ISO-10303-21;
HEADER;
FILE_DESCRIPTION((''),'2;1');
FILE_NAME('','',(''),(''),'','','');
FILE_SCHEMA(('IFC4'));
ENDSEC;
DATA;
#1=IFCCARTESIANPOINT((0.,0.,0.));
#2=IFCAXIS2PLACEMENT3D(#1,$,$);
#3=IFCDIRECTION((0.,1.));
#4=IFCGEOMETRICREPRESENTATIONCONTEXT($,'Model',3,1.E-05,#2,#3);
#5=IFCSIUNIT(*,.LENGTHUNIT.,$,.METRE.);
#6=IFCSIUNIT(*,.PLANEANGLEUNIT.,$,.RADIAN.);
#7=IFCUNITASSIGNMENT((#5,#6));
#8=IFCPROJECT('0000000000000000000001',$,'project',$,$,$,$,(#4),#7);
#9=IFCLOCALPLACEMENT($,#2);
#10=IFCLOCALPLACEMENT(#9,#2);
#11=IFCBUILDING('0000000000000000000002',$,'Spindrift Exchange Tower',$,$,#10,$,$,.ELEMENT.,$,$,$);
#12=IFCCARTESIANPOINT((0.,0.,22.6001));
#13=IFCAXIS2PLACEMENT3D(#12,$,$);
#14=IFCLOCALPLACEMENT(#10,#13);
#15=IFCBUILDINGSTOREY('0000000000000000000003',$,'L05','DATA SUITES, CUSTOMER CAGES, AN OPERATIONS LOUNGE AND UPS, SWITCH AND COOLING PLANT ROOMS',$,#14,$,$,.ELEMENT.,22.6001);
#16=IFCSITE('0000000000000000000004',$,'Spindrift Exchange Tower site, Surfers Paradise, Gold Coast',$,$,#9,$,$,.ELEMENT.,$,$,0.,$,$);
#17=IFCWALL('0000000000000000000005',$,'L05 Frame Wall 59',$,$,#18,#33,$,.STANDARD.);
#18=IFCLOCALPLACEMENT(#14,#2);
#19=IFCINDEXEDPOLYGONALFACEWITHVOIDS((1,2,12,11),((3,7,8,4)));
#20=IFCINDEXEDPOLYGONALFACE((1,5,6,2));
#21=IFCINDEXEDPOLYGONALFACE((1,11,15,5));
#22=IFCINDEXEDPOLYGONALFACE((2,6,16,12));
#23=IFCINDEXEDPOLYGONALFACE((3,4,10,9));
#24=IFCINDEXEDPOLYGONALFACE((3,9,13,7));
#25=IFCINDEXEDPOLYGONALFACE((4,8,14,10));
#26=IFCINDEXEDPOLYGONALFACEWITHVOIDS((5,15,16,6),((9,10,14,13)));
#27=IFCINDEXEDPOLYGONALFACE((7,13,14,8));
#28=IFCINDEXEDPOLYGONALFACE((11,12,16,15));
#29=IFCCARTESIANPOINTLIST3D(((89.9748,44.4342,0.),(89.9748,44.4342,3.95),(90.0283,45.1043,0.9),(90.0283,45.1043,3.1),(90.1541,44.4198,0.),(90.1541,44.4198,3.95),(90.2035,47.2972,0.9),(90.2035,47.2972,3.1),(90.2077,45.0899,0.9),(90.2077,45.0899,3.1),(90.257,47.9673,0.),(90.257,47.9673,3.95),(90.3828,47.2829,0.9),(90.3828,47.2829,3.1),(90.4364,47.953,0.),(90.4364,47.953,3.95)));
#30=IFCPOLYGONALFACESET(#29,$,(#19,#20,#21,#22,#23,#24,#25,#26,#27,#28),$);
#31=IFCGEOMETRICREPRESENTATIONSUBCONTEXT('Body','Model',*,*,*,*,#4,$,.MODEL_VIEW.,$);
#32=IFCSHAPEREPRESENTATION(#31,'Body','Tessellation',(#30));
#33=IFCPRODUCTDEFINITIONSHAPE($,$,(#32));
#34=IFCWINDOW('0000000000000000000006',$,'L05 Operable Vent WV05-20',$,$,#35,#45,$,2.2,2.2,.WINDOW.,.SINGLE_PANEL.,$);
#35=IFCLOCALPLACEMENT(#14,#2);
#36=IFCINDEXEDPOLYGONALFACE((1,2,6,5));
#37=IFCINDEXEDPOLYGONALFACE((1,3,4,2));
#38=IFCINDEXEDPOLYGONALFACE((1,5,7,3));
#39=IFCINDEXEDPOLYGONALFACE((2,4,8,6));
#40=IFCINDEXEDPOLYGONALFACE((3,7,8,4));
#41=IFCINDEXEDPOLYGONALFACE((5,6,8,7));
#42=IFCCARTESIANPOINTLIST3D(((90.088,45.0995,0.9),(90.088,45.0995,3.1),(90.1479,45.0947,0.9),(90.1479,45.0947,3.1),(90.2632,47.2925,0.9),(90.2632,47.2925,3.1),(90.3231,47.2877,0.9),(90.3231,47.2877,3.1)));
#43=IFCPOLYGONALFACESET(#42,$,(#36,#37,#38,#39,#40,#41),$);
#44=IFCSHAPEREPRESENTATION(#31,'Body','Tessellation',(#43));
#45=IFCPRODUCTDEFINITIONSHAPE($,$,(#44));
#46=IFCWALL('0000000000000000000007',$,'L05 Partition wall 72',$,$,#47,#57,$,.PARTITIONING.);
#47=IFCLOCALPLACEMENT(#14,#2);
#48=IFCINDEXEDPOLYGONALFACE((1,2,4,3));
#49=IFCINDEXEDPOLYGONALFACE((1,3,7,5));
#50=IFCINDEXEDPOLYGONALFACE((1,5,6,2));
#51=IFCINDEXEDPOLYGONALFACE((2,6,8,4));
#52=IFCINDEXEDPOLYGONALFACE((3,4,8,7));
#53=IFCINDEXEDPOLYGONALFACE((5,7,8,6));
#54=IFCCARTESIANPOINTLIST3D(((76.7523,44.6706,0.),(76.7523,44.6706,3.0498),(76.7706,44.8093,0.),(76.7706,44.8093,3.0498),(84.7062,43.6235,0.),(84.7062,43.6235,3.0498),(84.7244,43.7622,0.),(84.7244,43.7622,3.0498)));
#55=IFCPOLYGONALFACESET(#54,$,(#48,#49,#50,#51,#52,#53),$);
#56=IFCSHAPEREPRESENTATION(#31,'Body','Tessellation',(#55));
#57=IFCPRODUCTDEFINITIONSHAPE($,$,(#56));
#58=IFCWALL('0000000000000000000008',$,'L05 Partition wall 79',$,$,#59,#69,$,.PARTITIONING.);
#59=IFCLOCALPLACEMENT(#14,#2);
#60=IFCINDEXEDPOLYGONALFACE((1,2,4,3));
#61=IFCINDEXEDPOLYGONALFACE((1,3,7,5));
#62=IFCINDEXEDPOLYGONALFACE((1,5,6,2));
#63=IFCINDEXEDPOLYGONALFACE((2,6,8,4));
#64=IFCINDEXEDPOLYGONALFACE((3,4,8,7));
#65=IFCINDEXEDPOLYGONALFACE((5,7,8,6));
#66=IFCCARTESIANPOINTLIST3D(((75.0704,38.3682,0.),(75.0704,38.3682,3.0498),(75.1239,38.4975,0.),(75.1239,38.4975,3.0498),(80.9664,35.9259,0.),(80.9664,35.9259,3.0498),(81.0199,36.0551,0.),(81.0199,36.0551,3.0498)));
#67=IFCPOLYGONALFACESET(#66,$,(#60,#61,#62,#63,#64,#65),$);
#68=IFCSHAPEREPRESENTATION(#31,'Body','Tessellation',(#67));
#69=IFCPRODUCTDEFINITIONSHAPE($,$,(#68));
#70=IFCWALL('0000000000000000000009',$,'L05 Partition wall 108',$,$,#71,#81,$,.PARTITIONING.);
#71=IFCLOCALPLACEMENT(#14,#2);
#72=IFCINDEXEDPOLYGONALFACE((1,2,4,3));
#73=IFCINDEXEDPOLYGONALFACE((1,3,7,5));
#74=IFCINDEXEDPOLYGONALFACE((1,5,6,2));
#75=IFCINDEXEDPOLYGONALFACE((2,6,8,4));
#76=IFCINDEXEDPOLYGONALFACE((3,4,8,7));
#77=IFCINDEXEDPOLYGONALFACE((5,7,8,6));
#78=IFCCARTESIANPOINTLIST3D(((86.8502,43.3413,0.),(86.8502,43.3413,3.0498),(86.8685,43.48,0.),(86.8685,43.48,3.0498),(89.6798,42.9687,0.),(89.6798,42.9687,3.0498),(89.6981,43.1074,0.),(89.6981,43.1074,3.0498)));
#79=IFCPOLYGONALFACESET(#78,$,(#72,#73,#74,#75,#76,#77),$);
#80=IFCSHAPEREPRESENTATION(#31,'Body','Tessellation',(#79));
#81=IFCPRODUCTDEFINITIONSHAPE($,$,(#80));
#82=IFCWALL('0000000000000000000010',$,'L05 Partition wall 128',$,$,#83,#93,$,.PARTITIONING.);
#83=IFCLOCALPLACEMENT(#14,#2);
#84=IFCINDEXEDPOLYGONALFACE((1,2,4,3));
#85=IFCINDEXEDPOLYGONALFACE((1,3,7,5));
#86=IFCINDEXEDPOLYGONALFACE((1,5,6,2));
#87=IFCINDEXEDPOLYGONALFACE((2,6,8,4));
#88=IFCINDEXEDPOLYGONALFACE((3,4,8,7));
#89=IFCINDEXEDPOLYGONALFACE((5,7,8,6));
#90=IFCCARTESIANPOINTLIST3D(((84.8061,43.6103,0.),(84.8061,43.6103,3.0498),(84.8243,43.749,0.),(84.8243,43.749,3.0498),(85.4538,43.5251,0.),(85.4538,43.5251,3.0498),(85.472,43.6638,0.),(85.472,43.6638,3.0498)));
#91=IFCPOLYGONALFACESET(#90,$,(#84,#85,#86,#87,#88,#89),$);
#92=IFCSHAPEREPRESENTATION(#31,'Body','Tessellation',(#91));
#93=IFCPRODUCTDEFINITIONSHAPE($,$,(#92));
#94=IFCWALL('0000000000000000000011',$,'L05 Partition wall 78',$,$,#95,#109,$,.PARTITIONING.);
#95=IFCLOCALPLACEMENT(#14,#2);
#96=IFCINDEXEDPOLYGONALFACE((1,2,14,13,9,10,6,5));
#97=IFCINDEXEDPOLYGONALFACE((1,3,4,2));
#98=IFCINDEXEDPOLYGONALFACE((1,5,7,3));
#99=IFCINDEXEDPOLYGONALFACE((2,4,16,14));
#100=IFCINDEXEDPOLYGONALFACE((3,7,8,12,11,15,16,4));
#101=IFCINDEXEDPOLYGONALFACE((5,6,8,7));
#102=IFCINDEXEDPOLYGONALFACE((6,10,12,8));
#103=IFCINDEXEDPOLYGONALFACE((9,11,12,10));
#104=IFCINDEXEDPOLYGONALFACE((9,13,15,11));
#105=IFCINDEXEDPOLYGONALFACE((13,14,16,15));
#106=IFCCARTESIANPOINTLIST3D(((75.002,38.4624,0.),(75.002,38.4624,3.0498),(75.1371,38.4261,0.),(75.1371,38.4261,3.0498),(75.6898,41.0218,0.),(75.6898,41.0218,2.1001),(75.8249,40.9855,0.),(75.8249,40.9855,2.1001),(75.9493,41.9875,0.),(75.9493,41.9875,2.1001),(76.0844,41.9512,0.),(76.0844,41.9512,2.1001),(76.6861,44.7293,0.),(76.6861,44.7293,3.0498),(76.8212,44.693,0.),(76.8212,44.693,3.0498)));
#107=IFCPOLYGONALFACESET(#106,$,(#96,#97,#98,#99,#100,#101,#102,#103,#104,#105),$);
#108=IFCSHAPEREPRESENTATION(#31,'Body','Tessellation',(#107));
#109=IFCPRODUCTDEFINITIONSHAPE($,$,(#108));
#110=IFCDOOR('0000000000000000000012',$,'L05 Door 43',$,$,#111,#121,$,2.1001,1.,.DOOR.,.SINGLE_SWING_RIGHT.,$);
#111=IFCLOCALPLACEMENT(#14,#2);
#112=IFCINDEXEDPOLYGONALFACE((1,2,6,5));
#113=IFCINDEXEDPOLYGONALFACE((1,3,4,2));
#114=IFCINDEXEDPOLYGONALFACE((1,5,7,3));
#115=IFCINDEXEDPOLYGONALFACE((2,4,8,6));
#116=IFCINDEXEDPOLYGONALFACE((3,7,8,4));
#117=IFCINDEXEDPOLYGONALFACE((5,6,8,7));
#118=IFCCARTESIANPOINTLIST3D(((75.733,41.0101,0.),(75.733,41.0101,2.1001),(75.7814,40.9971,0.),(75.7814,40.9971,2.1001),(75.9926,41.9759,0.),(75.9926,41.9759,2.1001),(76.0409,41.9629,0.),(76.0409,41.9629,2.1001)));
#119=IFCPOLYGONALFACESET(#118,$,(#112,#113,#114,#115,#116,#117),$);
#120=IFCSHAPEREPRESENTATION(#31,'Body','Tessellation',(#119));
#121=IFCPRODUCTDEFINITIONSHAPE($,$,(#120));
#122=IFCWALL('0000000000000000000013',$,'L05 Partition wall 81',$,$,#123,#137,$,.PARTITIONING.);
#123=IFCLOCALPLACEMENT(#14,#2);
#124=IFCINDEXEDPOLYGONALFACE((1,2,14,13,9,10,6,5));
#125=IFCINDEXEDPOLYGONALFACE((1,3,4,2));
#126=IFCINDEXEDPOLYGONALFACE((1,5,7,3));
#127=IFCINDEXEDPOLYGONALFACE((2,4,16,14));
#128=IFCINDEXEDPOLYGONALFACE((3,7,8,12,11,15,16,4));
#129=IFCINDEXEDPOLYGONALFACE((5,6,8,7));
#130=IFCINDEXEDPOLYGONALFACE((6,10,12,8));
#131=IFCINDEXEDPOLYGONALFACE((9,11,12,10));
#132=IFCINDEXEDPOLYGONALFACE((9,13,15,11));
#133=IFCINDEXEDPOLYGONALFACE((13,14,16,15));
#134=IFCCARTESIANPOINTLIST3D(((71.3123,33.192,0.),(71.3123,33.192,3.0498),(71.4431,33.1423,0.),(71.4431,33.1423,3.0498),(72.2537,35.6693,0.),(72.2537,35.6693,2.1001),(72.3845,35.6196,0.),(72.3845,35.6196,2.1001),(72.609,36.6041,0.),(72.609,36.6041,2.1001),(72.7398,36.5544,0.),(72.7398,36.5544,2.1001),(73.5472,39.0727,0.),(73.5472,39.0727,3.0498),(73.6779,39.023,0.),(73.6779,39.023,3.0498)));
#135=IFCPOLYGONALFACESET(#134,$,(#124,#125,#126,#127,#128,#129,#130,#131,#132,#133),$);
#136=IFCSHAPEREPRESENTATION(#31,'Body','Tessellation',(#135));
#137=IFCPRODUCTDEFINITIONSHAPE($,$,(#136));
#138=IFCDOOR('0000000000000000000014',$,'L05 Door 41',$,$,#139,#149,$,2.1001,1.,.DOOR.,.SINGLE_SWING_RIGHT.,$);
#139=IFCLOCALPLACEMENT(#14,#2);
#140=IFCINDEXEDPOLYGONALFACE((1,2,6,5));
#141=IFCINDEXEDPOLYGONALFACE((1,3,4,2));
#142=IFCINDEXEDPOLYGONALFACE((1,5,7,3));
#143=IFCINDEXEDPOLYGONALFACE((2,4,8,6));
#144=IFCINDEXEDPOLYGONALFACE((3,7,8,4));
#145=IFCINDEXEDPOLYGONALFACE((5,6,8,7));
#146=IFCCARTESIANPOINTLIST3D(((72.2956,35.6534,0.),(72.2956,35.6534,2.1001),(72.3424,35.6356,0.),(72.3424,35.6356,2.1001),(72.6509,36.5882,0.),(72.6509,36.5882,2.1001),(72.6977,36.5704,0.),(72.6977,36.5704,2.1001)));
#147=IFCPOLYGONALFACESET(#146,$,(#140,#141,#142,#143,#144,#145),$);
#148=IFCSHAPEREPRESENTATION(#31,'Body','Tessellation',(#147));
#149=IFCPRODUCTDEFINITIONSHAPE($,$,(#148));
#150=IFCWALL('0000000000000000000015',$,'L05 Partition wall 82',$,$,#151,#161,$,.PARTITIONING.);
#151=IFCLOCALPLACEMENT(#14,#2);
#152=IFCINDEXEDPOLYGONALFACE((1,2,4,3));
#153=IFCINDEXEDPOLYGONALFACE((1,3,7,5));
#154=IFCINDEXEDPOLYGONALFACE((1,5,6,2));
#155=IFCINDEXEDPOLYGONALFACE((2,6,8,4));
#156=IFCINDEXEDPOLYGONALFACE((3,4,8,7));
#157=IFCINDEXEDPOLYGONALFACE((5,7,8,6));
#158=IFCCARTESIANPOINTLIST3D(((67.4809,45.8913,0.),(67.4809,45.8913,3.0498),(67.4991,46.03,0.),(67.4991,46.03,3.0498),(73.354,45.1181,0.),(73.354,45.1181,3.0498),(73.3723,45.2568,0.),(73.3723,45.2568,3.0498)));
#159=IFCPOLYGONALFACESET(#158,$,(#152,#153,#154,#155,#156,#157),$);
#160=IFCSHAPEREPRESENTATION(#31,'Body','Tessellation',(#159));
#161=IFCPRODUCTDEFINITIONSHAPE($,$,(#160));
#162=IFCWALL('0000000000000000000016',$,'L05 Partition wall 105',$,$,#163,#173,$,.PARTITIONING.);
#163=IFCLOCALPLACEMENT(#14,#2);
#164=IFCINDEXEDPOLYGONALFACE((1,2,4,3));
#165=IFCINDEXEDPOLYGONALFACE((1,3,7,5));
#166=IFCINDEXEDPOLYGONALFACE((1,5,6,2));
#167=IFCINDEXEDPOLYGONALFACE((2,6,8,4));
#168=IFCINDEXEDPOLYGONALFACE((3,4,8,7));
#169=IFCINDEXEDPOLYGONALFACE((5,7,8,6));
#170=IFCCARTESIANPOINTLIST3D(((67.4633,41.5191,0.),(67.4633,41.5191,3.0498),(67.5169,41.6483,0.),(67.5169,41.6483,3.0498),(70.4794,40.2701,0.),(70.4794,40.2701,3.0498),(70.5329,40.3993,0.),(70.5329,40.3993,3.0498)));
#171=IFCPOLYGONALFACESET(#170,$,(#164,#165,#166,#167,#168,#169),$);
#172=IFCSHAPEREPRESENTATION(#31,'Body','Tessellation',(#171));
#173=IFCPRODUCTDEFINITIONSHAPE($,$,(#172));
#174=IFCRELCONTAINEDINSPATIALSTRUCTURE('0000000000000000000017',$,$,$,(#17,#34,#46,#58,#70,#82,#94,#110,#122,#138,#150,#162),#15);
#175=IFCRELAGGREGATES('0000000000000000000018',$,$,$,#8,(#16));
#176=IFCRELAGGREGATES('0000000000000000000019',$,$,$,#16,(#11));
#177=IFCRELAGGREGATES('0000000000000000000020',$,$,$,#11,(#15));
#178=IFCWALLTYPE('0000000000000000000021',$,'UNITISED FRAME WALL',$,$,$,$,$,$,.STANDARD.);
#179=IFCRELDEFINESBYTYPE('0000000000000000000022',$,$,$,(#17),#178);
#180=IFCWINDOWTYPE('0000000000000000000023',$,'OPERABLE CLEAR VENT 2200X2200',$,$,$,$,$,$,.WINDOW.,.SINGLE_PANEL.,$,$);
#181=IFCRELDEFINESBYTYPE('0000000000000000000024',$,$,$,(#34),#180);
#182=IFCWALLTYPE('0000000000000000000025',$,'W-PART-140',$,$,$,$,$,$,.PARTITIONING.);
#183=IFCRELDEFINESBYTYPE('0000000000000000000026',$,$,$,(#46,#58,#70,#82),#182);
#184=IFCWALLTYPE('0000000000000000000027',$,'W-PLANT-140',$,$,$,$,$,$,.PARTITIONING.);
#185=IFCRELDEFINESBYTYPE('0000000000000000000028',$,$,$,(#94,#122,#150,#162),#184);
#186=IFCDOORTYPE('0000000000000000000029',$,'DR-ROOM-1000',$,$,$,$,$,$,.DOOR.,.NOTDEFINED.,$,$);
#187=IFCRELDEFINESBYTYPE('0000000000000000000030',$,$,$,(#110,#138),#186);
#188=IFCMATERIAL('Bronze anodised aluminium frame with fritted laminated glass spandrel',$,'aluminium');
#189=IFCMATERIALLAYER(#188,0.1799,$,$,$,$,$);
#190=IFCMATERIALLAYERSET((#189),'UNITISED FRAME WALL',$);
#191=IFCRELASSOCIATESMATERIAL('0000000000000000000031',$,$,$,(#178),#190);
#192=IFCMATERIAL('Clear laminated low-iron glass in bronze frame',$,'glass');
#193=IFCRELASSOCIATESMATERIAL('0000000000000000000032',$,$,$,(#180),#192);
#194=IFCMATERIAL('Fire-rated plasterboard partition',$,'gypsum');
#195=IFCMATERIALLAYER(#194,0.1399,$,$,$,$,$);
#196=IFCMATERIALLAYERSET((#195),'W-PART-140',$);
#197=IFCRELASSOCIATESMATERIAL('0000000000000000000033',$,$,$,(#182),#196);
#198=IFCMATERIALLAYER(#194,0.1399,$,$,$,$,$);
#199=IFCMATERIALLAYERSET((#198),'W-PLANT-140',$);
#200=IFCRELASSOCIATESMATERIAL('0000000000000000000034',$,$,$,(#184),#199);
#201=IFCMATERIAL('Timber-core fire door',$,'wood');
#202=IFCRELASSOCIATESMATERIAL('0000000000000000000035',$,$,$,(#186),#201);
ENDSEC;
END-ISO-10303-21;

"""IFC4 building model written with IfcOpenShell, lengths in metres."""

from ifc_helpers import new_model, si_unit, direction, frame, frame_2d, origin, place, context, subcontext, project, spatial, rectangle, extrude, source, transform, mapped, material, layer, layer_set, type_object, element, fill, save


model = new_model("IFC4")

# Units and contexts
model_context = context("Model", 3, precision=1e-05, world=origin(), true_north=direction((0.0, 1.0)))
body_context = subcontext(model_context, "Body", "Model", "MODEL_VIEW")
ifc_project = project(units=[si_unit("LENGTHUNIT", "METRE"), si_unit("PLANEANGLEUNIT", "RADIAN")], contexts=[model_context])

# Site, building, storey
site_placement = place(None, origin())
site = spatial("IfcSite", under=ifc_project, at=site_placement, Name="Spindrift Exchange Tower site, Surfers Paradise, Gold Coast", CompositionType="ELEMENT", RefElevation=0.0)
building_placement = place(site_placement, origin())
building = spatial("IfcBuilding", under=site, at=building_placement, Name="Spindrift Exchange Tower", CompositionType="ELEMENT")
storey_placement = place(building_placement, frame((0.0, 0.0, 22.6001)))
storey = spatial("IfcBuildingStorey", under=building, at=storey_placement, Name="L05", Description="DATA SUITES, CUSTOMER CAGES, AN OPERATIONS LOUNGE AND UPS, SWITCH AND COOLING PLANT ROOMS", CompositionType="ELEMENT", Elevation=22.6001)

# Wall, opening, window
ifc_material_1 = material(Name="Bronze anodised aluminium frame with fritted laminated glass spandrel", Category="aluminium")
ifc_layer_1 = layer(ifc_material_1, 0.1799)
ifc_layer_set_1 = layer_set([ifc_layer_1], Name="UNITISED FRAME WALL")
wall_type_1 = type_object("IfcWallType", Name="UNITISED FRAME WALL", PredefinedType="STANDARD", material=ifc_layer_set_1)
wall_1_placement = place(storey_placement, frame((90.0645, 44.427, 0.0), z_axis=(0.0, 0.0, 1.0), x_axis=(0.079625, 0.996825, 0.0)))
wall_1 = element("IfcWall", 1, at=wall_1_placement, inside=storey, type_object=wall_type_1, Name="L05 Frame Wall 59", PredefinedType="STANDARD", context=body_context, shape_type="SweptSolid", body=[
    extrude(rectangle(XDim=3.5444, YDim=0.1799, at=frame_2d((1.7722, 0.0))), origin(), (0.0, 0.0, 1.0), 3.95),
])
opening_1_placement = place(wall_1_placement, frame((0.6721, 0.0, 0.8999)))
opening_1 = element("IfcOpeningElement", 2, at=opening_1_placement, cuts=wall_1, PredefinedType="OPENING", context=body_context, shape_type="SweptSolid", body=[
    extrude(rectangle(XDim=2.2, YDim=2.2, at=frame_2d((1.1001, 1.1001))), frame((0.0, 0.0999, 0.0), z_axis=(0.0, -1.0, 0.0), x_axis=(1.0, 0.0, 0.0)), (0.0, 0.0, 1.0), 0.2),
])
ifc_material_2 = material(Name="Clear laminated low-iron glass in bronze frame", Category="glass")
window_type = type_object("IfcWindowType", Name="OPERABLE CLEAR VENT 2200X2200", PartitioningType="SINGLE_PANEL", PredefinedType="WINDOW", material=ifc_material_2)
shared_shape_1 = source(origin(), body_context, "Body", "SweptSolid", [
    extrude(rectangle(XDim=2.2, YDim=2.2, at=frame_2d((1.1001, 1.1001))), frame((0.0, 0.03, 0.0), z_axis=(0.0, -1.0, 0.0), x_axis=(1.0, 0.0, 0.0)), (0.0, 0.0, 1.0), 0.0601),
])
window_placement = place(opening_1_placement, origin())
window = element("IfcWindow", 3, at=window_placement, inside=storey, type_object=window_type, Name="L05 Operable Vent WV05-20", OverallHeight=2.2, OverallWidth=2.2, PartitioningType="SINGLE_PANEL", PredefinedType="WINDOW", context=body_context, shape_type="MappedRepresentation", body=[
    mapped(shared_shape_1, transform((0.0, 0.0, 0.0), scale=1.0)),
])
fill(opening_1, window)

# Walls
ifc_material_3 = material(Name="Fire-rated plasterboard partition", Category="gypsum")
ifc_layer_2 = layer(ifc_material_3, 0.1399)
ifc_layer_set_2 = layer_set([ifc_layer_2], Name="W-PART-140")
wall_type_2 = type_object("IfcWallType", Name="W-PART-140", PredefinedType="PARTITIONING", material=ifc_layer_set_2)
wall_2_placement = place(storey_placement, frame((76.7615, 44.74, 0.0), z_axis=(0.0, 0.0, 1.0), x_axis=(0.991445, -0.130523, 0.0)))
element("IfcWall", 4, at=wall_2_placement, inside=storey, type_object=wall_type_2, Name="L05 Partition wall 72", PredefinedType="PARTITIONING", context=body_context, shape_type="SweptSolid", body=[
    extrude(rectangle(XDim=8.0225, YDim=0.1399, at=frame_2d((4.0112, 0.0))), origin(), (0.0, 0.0, 1.0), 3.0498),
])
wall_3_placement = place(storey_placement, frame((75.0972, 38.4329, 0.0), z_axis=(0.0, 0.0, 1.0), x_axis=(0.923869, -0.382708, 0.0)))
element("IfcWall", 5, at=wall_3_placement, inside=storey, type_object=wall_type_2, Name="L05 Partition wall 79", PredefinedType="PARTITIONING", context=body_context, shape_type="SweptSolid", body=[
    extrude(rectangle(XDim=6.3818, YDim=0.1399, at=frame_2d((3.1909, 0.0))), origin(), (0.0, 0.0, 1.0), 3.0498),
])
wall_4_placement = place(storey_placement, frame((86.8594, 43.4106, 0.0), z_axis=(0.0, 0.0, 1.0), x_axis=(0.991443, -0.130539, 0.0)))
element("IfcWall", 6, at=wall_4_placement, inside=storey, type_object=wall_type_2, Name="L05 Partition wall 108", PredefinedType="PARTITIONING", context=body_context, shape_type="SweptSolid", body=[
    extrude(rectangle(XDim=2.854, YDim=0.1399, at=frame_2d((1.427, 0.0))), origin(), (0.0, 0.0, 1.0), 3.0498),
])
wall_5_placement = place(storey_placement, frame((84.8152, 43.6797, 0.0), z_axis=(0.0, 0.0, 1.0), x_axis=(0.991458, -0.130426, 0.0)))
element("IfcWall", 7, at=wall_5_placement, inside=storey, type_object=wall_type_2, Name="L05 Partition wall 128", PredefinedType="PARTITIONING", context=body_context, shape_type="SweptSolid", body=[
    extrude(rectangle(XDim=0.6533, YDim=0.1399, at=frame_2d((0.3267, 0.0))), origin(), (0.0, 0.0, 1.0), 3.0498),
])

# Walls, openings, doors
ifc_layer_3 = layer(ifc_material_3, 0.1399)
ifc_layer_set_3 = layer_set([ifc_layer_3], Name="W-PLANT-140")
wall_type_3 = type_object("IfcWallType", Name="W-PLANT-140", PredefinedType="PARTITIONING", material=ifc_layer_set_3)
wall_6_placement = place(storey_placement, frame((76.7537, 44.7112, 0.0), z_axis=(0.0, 0.0, 1.0), x_axis=(-0.259521, -0.965737, 0.0)))
wall_6 = element("IfcWall", 8, at=wall_6_placement, inside=storey, type_object=wall_type_3, Name="L05 Partition wall 78", PredefinedType="PARTITIONING", context=body_context, shape_type="SweptSolid", body=[
    extrude(rectangle(XDim=6.4893, YDim=0.1399, at=frame_2d((3.2446, 0.0))), origin(), (0.0, 0.0, 1.0), 3.0498),
])
opening_2_placement = place(wall_6_placement, frame((2.8391, 0.0, 0.0)))
opening_2 = element("IfcOpeningElement", 9, at=opening_2_placement, cuts=wall_6, PredefinedType="OPENING", context=body_context, shape_type="SweptSolid", body=[
    extrude(rectangle(XDim=1.0, YDim=2.1001, at=frame_2d((0.5, 1.05))), frame((0.0, 0.0798, 0.0), z_axis=(0.0, -1.0, 0.0), x_axis=(1.0, 0.0, 0.0)), (0.0, 0.0, 1.0), 0.1599),
])
ifc_material_4 = material(Name="Timber-core fire door", Category="wood")
door_type = type_object("IfcDoorType", Name="DR-ROOM-1000", OperationType="NOTDEFINED", PredefinedType="DOOR", material=ifc_material_4)
shared_shape_2 = source(origin(), body_context, "Body", "SweptSolid", [
    extrude(rectangle(XDim=1.0, YDim=2.1001, at=frame_2d((0.5, 1.05))), frame((0.0, 0.0249, 0.0), z_axis=(0.0, -1.0, 0.0), x_axis=(1.0, 0.0, 0.0)), (0.0, 0.0, 1.0), 0.05),
])
door_1_placement = place(opening_2_placement, origin())
door_1 = element("IfcDoor", 10, at=door_1_placement, inside=storey, type_object=door_type, Name="L05 Door 43", OperationType="SINGLE_SWING_RIGHT", OverallHeight=2.1001, OverallWidth=1.0, PredefinedType="DOOR", context=body_context, shape_type="MappedRepresentation", body=[
    mapped(shared_shape_2, transform((0.0, 0.0, 0.0), scale=1.0)),
])
fill(opening_2, door_1)
wall_7_placement = place(storey_placement, frame((73.6125, 39.0479, 0.0), z_axis=(0.0, 0.0, 1.0), x_axis=(-0.35525, -0.934771, 0.0)))
wall_7 = element("IfcWall", 11, at=wall_7_placement, inside=storey, type_object=wall_type_3, Name="L05 Partition wall 81", PredefinedType="PARTITIONING", context=body_context, shape_type="SweptSolid", body=[
    extrude(rectangle(XDim=6.291, YDim=0.1399, at=frame_2d((3.1455, 0.0))), origin(), (0.0, 0.0, 1.0), 3.0498),
])
opening_3_placement = place(wall_7_placement, frame((2.6409, 0.0, 0.0)))
opening_3 = element("IfcOpeningElement", 12, at=opening_3_placement, cuts=wall_7, PredefinedType="OPENING", context=body_context, shape_type="SweptSolid", body=[
    extrude(rectangle(XDim=1.0, YDim=2.1001, at=frame_2d((0.5, 1.05))), frame((0.0, 0.0798, 0.0), z_axis=(0.0, -1.0, 0.0), x_axis=(1.0, 0.0, 0.0)), (0.0, 0.0, 1.0), 0.1599),
])
door_2_placement = place(opening_3_placement, origin())
door_2 = element("IfcDoor", 13, at=door_2_placement, inside=storey, type_object=door_type, Name="L05 Door 41", OperationType="SINGLE_SWING_RIGHT", OverallHeight=2.1001, OverallWidth=1.0, PredefinedType="DOOR", context=body_context, shape_type="MappedRepresentation", body=[
    mapped(shared_shape_2, transform((0.0, 0.0, 0.0), scale=1.0)),
])
fill(opening_3, door_2)

# Walls
wall_8_placement = place(storey_placement, frame((67.49, 45.9607, 0.0), z_axis=(0.0, 0.0, 1.0), x_axis=(0.991445, -0.130525, 0.0)))
element("IfcWall", 14, at=wall_8_placement, inside=storey, type_object=wall_type_3, Name="L05 Partition wall 82", PredefinedType="PARTITIONING", context=body_context, shape_type="SweptSolid", body=[
    extrude(rectangle(XDim=5.9238, YDim=0.1399, at=frame_2d((2.9619, 0.0))), origin(), (0.0, 0.0, 1.0), 3.0498),
])
wall_9_placement = place(storey_placement, frame((67.49, 41.5837, 0.0), z_axis=(0.0, 0.0, 1.0), x_axis=(0.923911, -0.382607, 0.0)))
element("IfcWall", 15, at=wall_9_placement, inside=storey, type_object=wall_type_3, Name="L05 Partition wall 105", PredefinedType="PARTITIONING", context=body_context, shape_type="SweptSolid", body=[
    extrude(rectangle(XDim=3.2644, YDim=0.1399, at=frame_2d((1.6323, 0.0))), origin(), (0.0, 0.0, 1.0), 3.0498),
])

save(model, "model.ifc")
